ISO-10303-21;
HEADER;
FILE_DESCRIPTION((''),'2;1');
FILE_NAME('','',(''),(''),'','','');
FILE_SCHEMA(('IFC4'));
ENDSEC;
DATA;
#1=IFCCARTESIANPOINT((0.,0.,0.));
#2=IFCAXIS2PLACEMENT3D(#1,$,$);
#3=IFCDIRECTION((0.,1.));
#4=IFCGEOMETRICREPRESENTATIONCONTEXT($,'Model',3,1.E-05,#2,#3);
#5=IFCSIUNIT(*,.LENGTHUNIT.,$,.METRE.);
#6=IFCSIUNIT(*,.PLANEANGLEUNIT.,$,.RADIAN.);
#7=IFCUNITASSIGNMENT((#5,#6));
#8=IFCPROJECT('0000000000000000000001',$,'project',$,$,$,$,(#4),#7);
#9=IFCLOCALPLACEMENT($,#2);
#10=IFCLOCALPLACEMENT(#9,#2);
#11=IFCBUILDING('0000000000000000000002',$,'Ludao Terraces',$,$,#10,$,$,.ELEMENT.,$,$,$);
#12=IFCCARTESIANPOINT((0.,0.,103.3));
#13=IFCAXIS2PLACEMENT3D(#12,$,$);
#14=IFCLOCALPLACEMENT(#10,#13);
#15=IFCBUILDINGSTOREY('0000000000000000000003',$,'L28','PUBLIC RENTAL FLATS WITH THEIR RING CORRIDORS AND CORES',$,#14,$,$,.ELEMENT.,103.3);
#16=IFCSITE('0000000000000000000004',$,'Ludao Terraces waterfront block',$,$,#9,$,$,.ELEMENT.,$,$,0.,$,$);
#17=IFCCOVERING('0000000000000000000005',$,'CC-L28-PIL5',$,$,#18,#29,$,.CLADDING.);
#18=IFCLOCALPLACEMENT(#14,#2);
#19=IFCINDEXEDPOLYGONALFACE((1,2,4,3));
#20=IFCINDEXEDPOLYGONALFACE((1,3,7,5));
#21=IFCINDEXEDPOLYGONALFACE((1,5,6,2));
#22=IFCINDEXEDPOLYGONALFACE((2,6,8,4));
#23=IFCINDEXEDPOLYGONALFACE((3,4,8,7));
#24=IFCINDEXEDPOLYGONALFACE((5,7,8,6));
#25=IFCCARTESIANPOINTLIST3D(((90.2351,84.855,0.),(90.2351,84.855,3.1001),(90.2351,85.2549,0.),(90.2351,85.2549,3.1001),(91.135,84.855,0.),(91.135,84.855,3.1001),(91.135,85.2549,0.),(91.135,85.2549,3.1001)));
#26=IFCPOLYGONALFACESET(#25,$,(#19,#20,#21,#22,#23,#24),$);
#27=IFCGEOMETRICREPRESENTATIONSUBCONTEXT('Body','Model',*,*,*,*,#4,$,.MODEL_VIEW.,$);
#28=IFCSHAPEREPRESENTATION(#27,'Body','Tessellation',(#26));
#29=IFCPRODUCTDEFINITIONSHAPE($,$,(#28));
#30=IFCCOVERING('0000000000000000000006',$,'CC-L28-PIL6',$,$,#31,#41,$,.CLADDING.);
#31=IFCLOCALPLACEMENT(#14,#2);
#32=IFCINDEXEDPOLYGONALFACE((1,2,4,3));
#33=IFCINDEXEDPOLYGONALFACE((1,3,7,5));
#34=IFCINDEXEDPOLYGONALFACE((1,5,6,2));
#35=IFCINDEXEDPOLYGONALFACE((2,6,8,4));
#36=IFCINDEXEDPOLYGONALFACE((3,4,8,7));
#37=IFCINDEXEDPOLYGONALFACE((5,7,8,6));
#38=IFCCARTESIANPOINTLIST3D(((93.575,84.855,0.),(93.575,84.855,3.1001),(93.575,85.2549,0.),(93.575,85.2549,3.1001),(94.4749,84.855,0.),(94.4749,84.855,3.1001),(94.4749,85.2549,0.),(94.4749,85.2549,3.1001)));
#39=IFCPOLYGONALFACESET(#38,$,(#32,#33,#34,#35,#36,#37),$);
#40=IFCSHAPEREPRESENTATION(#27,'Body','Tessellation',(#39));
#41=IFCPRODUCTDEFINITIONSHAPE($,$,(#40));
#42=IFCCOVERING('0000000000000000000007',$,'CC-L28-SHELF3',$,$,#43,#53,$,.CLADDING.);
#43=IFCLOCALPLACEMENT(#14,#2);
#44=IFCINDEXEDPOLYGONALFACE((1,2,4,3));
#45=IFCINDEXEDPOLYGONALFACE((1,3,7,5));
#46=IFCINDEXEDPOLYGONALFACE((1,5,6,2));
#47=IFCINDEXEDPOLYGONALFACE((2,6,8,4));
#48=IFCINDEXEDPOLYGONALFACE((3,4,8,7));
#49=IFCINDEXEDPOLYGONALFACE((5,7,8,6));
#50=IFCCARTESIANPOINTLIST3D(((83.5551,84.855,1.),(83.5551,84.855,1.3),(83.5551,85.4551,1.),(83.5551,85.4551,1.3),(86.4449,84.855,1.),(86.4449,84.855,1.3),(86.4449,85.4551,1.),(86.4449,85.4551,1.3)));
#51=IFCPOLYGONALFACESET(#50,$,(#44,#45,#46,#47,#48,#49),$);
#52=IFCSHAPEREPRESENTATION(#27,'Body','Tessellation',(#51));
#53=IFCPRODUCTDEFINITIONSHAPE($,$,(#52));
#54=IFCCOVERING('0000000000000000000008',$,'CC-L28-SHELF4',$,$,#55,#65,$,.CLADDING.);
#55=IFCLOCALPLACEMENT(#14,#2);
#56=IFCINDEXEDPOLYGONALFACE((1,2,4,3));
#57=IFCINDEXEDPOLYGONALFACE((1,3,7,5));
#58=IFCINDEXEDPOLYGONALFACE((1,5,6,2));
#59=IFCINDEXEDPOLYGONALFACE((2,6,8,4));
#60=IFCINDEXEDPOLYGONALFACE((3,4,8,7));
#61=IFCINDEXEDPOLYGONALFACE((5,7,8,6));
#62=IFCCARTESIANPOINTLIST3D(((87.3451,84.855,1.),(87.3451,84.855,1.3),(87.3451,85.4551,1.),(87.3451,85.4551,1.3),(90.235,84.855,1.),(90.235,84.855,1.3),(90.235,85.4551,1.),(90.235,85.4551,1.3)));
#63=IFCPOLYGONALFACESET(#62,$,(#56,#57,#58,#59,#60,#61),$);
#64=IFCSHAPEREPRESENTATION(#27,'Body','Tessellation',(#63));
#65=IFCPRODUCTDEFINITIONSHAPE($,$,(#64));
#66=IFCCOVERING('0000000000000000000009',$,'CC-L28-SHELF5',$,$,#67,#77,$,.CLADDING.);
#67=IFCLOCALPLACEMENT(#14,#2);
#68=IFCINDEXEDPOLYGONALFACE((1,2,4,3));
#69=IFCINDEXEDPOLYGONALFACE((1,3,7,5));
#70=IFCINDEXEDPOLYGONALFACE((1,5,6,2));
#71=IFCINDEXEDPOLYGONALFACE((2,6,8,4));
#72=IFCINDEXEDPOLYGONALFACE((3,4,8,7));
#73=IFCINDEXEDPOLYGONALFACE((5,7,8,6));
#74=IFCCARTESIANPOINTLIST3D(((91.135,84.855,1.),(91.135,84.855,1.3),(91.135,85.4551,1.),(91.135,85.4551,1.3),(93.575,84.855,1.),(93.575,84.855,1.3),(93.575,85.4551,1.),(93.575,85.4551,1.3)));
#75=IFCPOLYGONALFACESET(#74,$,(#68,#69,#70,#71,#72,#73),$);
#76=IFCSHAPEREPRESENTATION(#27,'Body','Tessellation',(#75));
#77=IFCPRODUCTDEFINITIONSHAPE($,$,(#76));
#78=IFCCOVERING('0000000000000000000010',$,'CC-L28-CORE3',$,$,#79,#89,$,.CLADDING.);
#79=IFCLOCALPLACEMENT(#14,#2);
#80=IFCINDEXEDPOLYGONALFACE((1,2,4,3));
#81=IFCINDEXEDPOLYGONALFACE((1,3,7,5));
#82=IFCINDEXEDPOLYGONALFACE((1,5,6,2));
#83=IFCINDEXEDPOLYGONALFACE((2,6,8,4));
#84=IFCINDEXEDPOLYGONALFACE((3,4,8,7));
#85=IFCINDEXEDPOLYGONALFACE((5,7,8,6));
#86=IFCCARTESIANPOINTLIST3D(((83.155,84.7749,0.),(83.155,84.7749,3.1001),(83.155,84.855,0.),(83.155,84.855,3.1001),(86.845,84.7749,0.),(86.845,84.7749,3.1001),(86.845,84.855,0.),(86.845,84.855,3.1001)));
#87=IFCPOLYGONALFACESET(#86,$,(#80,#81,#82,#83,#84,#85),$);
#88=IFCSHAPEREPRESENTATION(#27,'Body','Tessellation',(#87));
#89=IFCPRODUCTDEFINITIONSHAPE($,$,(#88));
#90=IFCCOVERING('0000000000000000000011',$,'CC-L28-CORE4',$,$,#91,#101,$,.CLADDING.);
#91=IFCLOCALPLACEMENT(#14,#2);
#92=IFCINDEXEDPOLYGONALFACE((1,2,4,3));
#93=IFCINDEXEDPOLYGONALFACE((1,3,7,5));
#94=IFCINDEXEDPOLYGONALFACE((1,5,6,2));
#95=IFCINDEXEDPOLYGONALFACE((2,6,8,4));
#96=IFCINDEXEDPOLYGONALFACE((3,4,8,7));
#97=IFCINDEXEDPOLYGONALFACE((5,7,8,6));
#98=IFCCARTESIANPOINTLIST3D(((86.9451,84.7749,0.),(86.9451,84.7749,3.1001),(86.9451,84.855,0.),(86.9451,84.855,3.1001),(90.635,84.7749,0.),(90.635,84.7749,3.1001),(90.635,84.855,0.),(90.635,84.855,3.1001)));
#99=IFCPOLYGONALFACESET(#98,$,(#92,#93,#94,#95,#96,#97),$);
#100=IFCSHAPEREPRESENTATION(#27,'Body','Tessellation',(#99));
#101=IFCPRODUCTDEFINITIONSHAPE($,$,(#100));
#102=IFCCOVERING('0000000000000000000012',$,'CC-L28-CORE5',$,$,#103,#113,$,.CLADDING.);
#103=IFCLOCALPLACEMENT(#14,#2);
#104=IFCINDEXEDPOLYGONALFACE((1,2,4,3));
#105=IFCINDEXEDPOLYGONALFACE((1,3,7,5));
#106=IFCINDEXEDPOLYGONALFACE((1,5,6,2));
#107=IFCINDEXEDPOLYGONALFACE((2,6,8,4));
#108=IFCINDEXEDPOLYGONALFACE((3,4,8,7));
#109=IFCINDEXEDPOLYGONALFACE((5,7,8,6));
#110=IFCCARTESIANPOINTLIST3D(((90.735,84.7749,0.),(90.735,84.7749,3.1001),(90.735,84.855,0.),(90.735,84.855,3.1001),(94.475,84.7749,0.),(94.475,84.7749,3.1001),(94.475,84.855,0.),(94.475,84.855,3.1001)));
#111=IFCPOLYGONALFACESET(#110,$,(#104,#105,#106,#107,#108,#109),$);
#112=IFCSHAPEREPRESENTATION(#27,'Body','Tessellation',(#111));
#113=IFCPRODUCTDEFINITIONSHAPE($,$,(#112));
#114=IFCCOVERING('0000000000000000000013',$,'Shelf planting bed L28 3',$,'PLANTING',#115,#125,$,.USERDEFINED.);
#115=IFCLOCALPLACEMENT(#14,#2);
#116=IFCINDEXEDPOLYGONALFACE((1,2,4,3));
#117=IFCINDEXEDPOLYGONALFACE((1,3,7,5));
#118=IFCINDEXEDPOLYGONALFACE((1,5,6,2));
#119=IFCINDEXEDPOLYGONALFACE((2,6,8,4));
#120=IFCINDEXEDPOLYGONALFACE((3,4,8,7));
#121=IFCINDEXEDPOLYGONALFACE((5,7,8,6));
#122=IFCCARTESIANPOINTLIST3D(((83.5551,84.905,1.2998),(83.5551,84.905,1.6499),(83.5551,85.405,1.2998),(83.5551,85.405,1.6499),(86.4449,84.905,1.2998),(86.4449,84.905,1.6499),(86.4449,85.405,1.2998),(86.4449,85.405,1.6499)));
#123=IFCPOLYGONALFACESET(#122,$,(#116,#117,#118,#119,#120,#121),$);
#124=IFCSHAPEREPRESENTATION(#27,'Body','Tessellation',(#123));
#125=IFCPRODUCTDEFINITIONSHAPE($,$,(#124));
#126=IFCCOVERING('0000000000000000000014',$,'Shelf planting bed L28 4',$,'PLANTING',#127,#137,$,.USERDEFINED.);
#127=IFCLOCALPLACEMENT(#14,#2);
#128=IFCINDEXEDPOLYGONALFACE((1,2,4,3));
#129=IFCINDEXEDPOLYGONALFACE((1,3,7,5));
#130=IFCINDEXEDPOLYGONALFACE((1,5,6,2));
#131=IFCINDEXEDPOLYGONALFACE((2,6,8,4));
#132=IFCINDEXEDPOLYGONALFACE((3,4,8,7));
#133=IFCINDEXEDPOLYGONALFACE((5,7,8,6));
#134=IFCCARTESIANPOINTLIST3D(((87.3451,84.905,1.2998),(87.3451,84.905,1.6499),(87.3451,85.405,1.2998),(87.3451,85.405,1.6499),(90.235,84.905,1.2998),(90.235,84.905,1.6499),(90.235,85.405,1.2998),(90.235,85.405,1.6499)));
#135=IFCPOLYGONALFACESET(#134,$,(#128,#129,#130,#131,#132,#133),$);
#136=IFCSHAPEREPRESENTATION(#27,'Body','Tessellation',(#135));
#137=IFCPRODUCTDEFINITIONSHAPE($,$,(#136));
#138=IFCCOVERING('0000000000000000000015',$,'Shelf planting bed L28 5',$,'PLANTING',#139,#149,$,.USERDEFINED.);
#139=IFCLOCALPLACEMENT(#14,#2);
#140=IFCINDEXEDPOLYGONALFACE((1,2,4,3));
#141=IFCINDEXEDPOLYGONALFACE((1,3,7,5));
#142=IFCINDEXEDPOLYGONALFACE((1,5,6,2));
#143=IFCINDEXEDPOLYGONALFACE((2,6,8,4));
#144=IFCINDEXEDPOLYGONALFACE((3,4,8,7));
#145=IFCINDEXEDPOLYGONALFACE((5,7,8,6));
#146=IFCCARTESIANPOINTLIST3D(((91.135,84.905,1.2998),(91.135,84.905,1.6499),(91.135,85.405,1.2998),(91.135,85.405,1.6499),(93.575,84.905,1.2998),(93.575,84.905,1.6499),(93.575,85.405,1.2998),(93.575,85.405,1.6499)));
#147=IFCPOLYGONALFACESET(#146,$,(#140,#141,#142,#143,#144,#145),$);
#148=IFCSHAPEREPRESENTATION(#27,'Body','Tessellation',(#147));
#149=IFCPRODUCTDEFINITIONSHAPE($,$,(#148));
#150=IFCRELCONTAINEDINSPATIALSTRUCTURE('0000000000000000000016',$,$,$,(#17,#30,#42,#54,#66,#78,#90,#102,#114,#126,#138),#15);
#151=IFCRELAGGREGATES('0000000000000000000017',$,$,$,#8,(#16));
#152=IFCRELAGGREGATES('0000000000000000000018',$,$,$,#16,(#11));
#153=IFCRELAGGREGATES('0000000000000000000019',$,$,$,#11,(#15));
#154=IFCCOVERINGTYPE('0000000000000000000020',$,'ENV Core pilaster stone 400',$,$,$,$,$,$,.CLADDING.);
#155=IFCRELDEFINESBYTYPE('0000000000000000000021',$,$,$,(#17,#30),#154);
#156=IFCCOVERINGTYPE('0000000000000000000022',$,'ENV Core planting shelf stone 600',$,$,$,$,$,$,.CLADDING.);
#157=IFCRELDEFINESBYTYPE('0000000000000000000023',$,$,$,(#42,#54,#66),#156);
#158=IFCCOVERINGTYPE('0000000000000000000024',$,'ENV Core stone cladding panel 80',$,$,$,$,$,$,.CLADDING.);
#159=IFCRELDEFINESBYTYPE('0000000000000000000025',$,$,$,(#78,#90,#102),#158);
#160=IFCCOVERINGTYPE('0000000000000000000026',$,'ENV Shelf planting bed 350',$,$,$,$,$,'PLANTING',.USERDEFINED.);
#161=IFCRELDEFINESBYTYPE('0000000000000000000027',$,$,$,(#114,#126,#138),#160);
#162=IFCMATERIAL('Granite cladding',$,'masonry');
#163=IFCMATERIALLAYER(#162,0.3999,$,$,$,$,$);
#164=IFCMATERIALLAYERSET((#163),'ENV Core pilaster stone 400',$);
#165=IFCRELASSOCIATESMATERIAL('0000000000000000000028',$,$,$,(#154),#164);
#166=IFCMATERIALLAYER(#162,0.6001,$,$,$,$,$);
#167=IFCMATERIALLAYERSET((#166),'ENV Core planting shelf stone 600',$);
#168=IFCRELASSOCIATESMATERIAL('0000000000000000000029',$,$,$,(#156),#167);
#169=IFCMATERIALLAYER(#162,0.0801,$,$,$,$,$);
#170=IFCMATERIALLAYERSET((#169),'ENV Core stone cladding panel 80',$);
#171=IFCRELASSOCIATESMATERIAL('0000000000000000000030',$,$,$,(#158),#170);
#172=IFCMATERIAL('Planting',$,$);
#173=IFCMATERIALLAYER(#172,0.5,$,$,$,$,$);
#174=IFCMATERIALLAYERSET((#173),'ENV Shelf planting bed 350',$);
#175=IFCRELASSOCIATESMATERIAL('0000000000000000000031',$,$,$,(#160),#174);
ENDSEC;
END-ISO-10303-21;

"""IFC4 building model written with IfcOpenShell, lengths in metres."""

from ifc_helpers import new_model, si_unit, direction, frame, origin, origin_2d, place, context, subcontext, project, spatial, rectangle, extrude, material, layer, layer_set, type_object, element, save


model = new_model("IFC4")

# Units and contexts
model_context = context("Model", 3, precision=1e-05, world=origin(), true_north=direction((0.0, 1.0)))
body_context = subcontext(model_context, "Body", "Model", "MODEL_VIEW")
ifc_project = project(units=[si_unit("LENGTHUNIT", "METRE"), si_unit("PLANEANGLEUNIT", "RADIAN")], contexts=[model_context])

# Site, building, storey
site_placement = place(None, origin())
site = spatial("IfcSite", under=ifc_project, at=site_placement, Name="Ludao Terraces waterfront block", CompositionType="ELEMENT", RefElevation=0.0)
building_placement = place(site_placement, origin())
building = spatial("IfcBuilding", under=site, at=building_placement, Name="Ludao Terraces", CompositionType="ELEMENT")
storey_placement = place(building_placement, frame((0.0, 0.0, 103.3)))
storey = spatial("IfcBuildingStorey", under=building, at=storey_placement, Name="L28", Description="PUBLIC RENTAL FLATS WITH THEIR RING CORRIDORS AND CORES", CompositionType="ELEMENT", Elevation=103.3)

# Coverings
ifc_material_1 = material(Name="Granite cladding", Category="masonry")
ifc_layer_1 = layer(ifc_material_1, 0.3999)
ifc_layer_set_1 = layer_set([ifc_layer_1], Name="ENV Core pilaster stone 400")
covering_type_1 = type_object("IfcCoveringType", Name="ENV Core pilaster stone 400", PredefinedType="CLADDING", material=ifc_layer_set_1)
for number, where, z_axis, x_axis, name in (
    (1, (90.6851, 85.0549, 0.0), (0.0, 0.0, 1.0), (1.0, 0.0, 0.0), "CC-L28-PIL5"),
    (2, (94.0249, 85.0549, 0.0), (0.0, 0.0, 1.0), (1.0, 0.0, 0.0), "CC-L28-PIL6"),
):
    element("IfcCovering", number, at=place(storey_placement, frame(where, z_axis=z_axis, x_axis=x_axis)), inside=storey, type_object=covering_type_1, Name=name, PredefinedType="CLADDING", context=body_context, shape_type="SweptSolid", body=[
        extrude(rectangle(XDim=0.8999, YDim=0.3999, at=origin_2d()), origin(), (0.0, 0.0, 1.0), 3.1001),
    ])
ifc_layer_2 = layer(ifc_material_1, 0.6001)
ifc_layer_set_2 = layer_set([ifc_layer_2], Name="ENV Core planting shelf stone 600")
covering_type_2 = type_object("IfcCoveringType", Name="ENV Core planting shelf stone 600", PredefinedType="CLADDING", material=ifc_layer_set_2)
for number, where, z_axis, x_axis, name in (
    (3, (85.0, 85.155, 1.0), (0.0, 0.0, 1.0), (1.0, 0.0, 0.0), "CC-L28-SHELF3"),
    (4, (88.79, 85.155, 1.0), (0.0, 0.0, 1.0), (1.0, 0.0, 0.0), "CC-L28-SHELF4"),
):
    element("IfcCovering", number, at=place(storey_placement, frame(where, z_axis=z_axis, x_axis=x_axis)), inside=storey, type_object=covering_type_2, Name=name, PredefinedType="CLADDING", context=body_context, shape_type="SweptSolid", body=[
        extrude(rectangle(XDim=2.8899, YDim=0.6001, at=origin_2d()), origin(), (0.0, 0.0, 1.0), 0.3),
    ])
covering_1_placement = place(storey_placement, frame((92.355, 85.155, 1.0), z_axis=(0.0, 0.0, 1.0), x_axis=(1.0, 0.0, 0.0)))
element("IfcCovering", 5, at=covering_1_placement, inside=storey, type_object=covering_type_2, Name="CC-L28-SHELF5", PredefinedType="CLADDING", context=body_context, shape_type="SweptSolid", body=[
    extrude(rectangle(XDim=2.4399, YDim=0.6001, at=origin_2d()), origin(), (0.0, 0.0, 1.0), 0.3),
])
ifc_layer_3 = layer(ifc_material_1, 0.0801)
ifc_layer_set_3 = layer_set([ifc_layer_3], Name="ENV Core stone cladding panel 80")
covering_type_3 = type_object("IfcCoveringType", Name="ENV Core stone cladding panel 80", PredefinedType="CLADDING", material=ifc_layer_set_3)
for number, where, z_axis, x_axis, name in (
    (6, (85.0, 84.8149, 0.0), (0.0, 0.0, 1.0), (1.0, 0.0, 0.0), "CC-L28-CORE3"),
    (7, (88.79, 84.8149, 0.0), (0.0, 0.0, 1.0), (1.0, 0.0, 0.0), "CC-L28-CORE4"),
):
    element("IfcCovering", number, at=place(storey_placement, frame(where, z_axis=z_axis, x_axis=x_axis)), inside=storey, type_object=covering_type_3, Name=name, PredefinedType="CLADDING", context=body_context, shape_type="SweptSolid", body=[
        extrude(rectangle(XDim=3.6899, YDim=0.0801, at=origin_2d()), origin(), (0.0, 0.0, 1.0), 3.1001),
    ])
covering_2_placement = place(storey_placement, frame((92.605, 84.8149, 0.0), z_axis=(0.0, 0.0, 1.0), x_axis=(1.0, 0.0, 0.0)))
element("IfcCovering", 8, at=covering_2_placement, inside=storey, type_object=covering_type_3, Name="CC-L28-CORE5", PredefinedType="CLADDING", context=body_context, shape_type="SweptSolid", body=[
    extrude(rectangle(XDim=3.74, YDim=0.0801, at=origin_2d()), origin(), (0.0, 0.0, 1.0), 3.1001),
])
ifc_material_2 = material(Name="Planting")
ifc_layer_4 = layer(ifc_material_2, 0.5)
ifc_layer_set_4 = layer_set([ifc_layer_4], Name="ENV Shelf planting bed 350")
covering_type_4 = type_object("IfcCoveringType", Name="ENV Shelf planting bed 350", ElementType="PLANTING", PredefinedType="USERDEFINED", material=ifc_layer_set_4)
for number, where, z_axis, x_axis, name in (
    (9, (85.0, 85.155, 1.2998), (0.0, 0.0, 1.0), (1.0, 0.0, 0.0), "Shelf planting bed L28 3"),
    (10, (88.79, 85.155, 1.2998), (0.0, 0.0, 1.0), (1.0, 0.0, 0.0), "Shelf planting bed L28 4"),
):
    element("IfcCovering", number, at=place(storey_placement, frame(where, z_axis=z_axis, x_axis=x_axis)), inside=storey, type_object=covering_type_4, Name=name, ObjectType="PLANTING", PredefinedType="USERDEFINED", context=body_context, shape_type="SweptSolid", body=[
        extrude(rectangle(XDim=2.8899, YDim=0.5, at=origin_2d()), origin(), (0.0, 0.0, 1.0), 0.3501),
    ])
covering_3_placement = place(storey_placement, frame((92.355, 85.155, 1.2998), z_axis=(0.0, 0.0, 1.0), x_axis=(1.0, 0.0, 0.0)))
element("IfcCovering", 11, at=covering_3_placement, inside=storey, type_object=covering_type_4, Name="Shelf planting bed L28 5", ObjectType="PLANTING", PredefinedType="USERDEFINED", context=body_context, shape_type="SweptSolid", body=[
    extrude(rectangle(XDim=2.4399, YDim=0.5, at=origin_2d()), origin(), (0.0, 0.0, 1.0), 0.3501),
])

save(model, "model.ifc")
